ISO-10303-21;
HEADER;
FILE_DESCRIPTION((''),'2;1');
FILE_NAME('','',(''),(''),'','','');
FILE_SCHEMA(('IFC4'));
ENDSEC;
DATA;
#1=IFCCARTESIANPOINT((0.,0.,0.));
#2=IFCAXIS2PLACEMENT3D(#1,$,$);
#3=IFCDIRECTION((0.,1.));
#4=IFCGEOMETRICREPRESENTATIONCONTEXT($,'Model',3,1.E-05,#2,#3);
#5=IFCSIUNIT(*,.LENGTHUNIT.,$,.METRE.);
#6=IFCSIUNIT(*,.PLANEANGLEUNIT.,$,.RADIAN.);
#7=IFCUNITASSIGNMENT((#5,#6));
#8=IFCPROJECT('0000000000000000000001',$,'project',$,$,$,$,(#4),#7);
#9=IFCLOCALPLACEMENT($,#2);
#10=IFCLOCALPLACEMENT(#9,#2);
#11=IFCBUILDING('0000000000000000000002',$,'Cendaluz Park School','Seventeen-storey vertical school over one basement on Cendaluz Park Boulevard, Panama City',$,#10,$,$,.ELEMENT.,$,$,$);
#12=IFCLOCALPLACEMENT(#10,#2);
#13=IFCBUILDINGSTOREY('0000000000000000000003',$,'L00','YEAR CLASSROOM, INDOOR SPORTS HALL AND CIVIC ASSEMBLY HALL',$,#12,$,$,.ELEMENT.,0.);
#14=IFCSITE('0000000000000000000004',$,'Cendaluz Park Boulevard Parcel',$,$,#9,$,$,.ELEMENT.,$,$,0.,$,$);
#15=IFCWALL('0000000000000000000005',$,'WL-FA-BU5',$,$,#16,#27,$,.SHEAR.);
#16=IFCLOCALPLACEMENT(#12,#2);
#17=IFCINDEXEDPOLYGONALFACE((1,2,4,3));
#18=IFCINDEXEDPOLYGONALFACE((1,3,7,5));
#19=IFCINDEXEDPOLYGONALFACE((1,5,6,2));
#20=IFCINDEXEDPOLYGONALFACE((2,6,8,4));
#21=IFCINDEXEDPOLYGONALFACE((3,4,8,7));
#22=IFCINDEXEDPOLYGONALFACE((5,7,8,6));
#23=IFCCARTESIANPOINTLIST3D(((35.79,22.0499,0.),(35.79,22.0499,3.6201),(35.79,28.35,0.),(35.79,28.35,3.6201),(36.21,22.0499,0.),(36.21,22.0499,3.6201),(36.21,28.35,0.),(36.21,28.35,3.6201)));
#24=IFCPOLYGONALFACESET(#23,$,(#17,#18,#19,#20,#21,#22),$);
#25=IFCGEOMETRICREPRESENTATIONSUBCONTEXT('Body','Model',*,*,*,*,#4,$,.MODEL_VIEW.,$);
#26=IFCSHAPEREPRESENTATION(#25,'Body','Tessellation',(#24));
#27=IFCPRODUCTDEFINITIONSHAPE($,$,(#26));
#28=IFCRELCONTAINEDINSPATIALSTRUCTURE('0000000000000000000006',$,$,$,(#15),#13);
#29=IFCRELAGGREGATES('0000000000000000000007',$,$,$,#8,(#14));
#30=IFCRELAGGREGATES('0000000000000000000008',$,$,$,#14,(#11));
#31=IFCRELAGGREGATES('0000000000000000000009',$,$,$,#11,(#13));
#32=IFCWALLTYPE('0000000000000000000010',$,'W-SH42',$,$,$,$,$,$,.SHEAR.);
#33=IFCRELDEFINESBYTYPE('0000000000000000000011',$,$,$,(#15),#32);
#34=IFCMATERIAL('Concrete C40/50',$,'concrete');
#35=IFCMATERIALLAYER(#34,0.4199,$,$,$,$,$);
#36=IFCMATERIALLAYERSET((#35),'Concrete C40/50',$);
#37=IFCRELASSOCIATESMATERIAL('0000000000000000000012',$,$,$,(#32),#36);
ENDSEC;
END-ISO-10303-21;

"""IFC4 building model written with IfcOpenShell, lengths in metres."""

from ifc_helpers import new_model, si_unit, direction, frame, frame_2d, origin, place, context, subcontext, project, spatial, rectangle, extrude, material, layer, layer_set, type_object, element, save


model = new_model("IFC4")

# Units and contexts
model_context = context("Model", 3, precision=1e-05, world=origin(), true_north=direction((0.0, 1.0)))
body_context = subcontext(model_context, "Body", "Model", "MODEL_VIEW")
ifc_project = project(units=[si_unit("LENGTHUNIT", "METRE"), si_unit("PLANEANGLEUNIT", "RADIAN")], contexts=[model_context])

# Site, building, storey
site_placement = place(None, origin())
site = spatial("IfcSite", under=ifc_project, at=site_placement, Name="Cendaluz Park Boulevard Parcel", CompositionType="ELEMENT", RefElevation=0.0)
building_placement = place(site_placement, origin())
building = spatial("IfcBuilding", under=site, at=building_placement, Name="Cendaluz Park School", Description="Seventeen-storey vertical school over one basement on Cendaluz Park Boulevard, Panama City", CompositionType="ELEMENT")
storey_placement = place(building_placement, origin())
storey = spatial("IfcBuildingStorey", under=building, at=storey_placement, Name="L00", Description="YEAR CLASSROOM, INDOOR SPORTS HALL AND CIVIC ASSEMBLY HALL", CompositionType="ELEMENT", Elevation=0.0)

# Shared definitions
ifc_material_1 = material(Name="Concrete C40/50", Category="concrete")

# Wall
ifc_layer_1 = layer(ifc_material_1, 0.4199)
ifc_layer_set_1 = layer_set([ifc_layer_1], Name="Concrete C40/50")
wall_type_1 = type_object("IfcWallType", Name="W-SH42", PredefinedType="SHEAR", material=ifc_layer_set_1)
wall_1_placement = place(storey_placement, frame((36.0, 22.05, 0.0), z_axis=(0.0, 0.0, 1.0), x_axis=(0.0, 1.0, 0.0)))
element("IfcWall", 1, at=wall_1_placement, inside=storey, type_object=wall_type_1, Name="WL-FA-BU5", PredefinedType="SHEAR", context=body_context, shape_type="SweptSolid", body=[
    extrude(rectangle(XDim=6.3, YDim=0.4199, at=frame_2d((3.1499, 0.0))), origin(), (0.0, 0.0, 1.0), 3.6201),
])

save(model, "model.ifc")
